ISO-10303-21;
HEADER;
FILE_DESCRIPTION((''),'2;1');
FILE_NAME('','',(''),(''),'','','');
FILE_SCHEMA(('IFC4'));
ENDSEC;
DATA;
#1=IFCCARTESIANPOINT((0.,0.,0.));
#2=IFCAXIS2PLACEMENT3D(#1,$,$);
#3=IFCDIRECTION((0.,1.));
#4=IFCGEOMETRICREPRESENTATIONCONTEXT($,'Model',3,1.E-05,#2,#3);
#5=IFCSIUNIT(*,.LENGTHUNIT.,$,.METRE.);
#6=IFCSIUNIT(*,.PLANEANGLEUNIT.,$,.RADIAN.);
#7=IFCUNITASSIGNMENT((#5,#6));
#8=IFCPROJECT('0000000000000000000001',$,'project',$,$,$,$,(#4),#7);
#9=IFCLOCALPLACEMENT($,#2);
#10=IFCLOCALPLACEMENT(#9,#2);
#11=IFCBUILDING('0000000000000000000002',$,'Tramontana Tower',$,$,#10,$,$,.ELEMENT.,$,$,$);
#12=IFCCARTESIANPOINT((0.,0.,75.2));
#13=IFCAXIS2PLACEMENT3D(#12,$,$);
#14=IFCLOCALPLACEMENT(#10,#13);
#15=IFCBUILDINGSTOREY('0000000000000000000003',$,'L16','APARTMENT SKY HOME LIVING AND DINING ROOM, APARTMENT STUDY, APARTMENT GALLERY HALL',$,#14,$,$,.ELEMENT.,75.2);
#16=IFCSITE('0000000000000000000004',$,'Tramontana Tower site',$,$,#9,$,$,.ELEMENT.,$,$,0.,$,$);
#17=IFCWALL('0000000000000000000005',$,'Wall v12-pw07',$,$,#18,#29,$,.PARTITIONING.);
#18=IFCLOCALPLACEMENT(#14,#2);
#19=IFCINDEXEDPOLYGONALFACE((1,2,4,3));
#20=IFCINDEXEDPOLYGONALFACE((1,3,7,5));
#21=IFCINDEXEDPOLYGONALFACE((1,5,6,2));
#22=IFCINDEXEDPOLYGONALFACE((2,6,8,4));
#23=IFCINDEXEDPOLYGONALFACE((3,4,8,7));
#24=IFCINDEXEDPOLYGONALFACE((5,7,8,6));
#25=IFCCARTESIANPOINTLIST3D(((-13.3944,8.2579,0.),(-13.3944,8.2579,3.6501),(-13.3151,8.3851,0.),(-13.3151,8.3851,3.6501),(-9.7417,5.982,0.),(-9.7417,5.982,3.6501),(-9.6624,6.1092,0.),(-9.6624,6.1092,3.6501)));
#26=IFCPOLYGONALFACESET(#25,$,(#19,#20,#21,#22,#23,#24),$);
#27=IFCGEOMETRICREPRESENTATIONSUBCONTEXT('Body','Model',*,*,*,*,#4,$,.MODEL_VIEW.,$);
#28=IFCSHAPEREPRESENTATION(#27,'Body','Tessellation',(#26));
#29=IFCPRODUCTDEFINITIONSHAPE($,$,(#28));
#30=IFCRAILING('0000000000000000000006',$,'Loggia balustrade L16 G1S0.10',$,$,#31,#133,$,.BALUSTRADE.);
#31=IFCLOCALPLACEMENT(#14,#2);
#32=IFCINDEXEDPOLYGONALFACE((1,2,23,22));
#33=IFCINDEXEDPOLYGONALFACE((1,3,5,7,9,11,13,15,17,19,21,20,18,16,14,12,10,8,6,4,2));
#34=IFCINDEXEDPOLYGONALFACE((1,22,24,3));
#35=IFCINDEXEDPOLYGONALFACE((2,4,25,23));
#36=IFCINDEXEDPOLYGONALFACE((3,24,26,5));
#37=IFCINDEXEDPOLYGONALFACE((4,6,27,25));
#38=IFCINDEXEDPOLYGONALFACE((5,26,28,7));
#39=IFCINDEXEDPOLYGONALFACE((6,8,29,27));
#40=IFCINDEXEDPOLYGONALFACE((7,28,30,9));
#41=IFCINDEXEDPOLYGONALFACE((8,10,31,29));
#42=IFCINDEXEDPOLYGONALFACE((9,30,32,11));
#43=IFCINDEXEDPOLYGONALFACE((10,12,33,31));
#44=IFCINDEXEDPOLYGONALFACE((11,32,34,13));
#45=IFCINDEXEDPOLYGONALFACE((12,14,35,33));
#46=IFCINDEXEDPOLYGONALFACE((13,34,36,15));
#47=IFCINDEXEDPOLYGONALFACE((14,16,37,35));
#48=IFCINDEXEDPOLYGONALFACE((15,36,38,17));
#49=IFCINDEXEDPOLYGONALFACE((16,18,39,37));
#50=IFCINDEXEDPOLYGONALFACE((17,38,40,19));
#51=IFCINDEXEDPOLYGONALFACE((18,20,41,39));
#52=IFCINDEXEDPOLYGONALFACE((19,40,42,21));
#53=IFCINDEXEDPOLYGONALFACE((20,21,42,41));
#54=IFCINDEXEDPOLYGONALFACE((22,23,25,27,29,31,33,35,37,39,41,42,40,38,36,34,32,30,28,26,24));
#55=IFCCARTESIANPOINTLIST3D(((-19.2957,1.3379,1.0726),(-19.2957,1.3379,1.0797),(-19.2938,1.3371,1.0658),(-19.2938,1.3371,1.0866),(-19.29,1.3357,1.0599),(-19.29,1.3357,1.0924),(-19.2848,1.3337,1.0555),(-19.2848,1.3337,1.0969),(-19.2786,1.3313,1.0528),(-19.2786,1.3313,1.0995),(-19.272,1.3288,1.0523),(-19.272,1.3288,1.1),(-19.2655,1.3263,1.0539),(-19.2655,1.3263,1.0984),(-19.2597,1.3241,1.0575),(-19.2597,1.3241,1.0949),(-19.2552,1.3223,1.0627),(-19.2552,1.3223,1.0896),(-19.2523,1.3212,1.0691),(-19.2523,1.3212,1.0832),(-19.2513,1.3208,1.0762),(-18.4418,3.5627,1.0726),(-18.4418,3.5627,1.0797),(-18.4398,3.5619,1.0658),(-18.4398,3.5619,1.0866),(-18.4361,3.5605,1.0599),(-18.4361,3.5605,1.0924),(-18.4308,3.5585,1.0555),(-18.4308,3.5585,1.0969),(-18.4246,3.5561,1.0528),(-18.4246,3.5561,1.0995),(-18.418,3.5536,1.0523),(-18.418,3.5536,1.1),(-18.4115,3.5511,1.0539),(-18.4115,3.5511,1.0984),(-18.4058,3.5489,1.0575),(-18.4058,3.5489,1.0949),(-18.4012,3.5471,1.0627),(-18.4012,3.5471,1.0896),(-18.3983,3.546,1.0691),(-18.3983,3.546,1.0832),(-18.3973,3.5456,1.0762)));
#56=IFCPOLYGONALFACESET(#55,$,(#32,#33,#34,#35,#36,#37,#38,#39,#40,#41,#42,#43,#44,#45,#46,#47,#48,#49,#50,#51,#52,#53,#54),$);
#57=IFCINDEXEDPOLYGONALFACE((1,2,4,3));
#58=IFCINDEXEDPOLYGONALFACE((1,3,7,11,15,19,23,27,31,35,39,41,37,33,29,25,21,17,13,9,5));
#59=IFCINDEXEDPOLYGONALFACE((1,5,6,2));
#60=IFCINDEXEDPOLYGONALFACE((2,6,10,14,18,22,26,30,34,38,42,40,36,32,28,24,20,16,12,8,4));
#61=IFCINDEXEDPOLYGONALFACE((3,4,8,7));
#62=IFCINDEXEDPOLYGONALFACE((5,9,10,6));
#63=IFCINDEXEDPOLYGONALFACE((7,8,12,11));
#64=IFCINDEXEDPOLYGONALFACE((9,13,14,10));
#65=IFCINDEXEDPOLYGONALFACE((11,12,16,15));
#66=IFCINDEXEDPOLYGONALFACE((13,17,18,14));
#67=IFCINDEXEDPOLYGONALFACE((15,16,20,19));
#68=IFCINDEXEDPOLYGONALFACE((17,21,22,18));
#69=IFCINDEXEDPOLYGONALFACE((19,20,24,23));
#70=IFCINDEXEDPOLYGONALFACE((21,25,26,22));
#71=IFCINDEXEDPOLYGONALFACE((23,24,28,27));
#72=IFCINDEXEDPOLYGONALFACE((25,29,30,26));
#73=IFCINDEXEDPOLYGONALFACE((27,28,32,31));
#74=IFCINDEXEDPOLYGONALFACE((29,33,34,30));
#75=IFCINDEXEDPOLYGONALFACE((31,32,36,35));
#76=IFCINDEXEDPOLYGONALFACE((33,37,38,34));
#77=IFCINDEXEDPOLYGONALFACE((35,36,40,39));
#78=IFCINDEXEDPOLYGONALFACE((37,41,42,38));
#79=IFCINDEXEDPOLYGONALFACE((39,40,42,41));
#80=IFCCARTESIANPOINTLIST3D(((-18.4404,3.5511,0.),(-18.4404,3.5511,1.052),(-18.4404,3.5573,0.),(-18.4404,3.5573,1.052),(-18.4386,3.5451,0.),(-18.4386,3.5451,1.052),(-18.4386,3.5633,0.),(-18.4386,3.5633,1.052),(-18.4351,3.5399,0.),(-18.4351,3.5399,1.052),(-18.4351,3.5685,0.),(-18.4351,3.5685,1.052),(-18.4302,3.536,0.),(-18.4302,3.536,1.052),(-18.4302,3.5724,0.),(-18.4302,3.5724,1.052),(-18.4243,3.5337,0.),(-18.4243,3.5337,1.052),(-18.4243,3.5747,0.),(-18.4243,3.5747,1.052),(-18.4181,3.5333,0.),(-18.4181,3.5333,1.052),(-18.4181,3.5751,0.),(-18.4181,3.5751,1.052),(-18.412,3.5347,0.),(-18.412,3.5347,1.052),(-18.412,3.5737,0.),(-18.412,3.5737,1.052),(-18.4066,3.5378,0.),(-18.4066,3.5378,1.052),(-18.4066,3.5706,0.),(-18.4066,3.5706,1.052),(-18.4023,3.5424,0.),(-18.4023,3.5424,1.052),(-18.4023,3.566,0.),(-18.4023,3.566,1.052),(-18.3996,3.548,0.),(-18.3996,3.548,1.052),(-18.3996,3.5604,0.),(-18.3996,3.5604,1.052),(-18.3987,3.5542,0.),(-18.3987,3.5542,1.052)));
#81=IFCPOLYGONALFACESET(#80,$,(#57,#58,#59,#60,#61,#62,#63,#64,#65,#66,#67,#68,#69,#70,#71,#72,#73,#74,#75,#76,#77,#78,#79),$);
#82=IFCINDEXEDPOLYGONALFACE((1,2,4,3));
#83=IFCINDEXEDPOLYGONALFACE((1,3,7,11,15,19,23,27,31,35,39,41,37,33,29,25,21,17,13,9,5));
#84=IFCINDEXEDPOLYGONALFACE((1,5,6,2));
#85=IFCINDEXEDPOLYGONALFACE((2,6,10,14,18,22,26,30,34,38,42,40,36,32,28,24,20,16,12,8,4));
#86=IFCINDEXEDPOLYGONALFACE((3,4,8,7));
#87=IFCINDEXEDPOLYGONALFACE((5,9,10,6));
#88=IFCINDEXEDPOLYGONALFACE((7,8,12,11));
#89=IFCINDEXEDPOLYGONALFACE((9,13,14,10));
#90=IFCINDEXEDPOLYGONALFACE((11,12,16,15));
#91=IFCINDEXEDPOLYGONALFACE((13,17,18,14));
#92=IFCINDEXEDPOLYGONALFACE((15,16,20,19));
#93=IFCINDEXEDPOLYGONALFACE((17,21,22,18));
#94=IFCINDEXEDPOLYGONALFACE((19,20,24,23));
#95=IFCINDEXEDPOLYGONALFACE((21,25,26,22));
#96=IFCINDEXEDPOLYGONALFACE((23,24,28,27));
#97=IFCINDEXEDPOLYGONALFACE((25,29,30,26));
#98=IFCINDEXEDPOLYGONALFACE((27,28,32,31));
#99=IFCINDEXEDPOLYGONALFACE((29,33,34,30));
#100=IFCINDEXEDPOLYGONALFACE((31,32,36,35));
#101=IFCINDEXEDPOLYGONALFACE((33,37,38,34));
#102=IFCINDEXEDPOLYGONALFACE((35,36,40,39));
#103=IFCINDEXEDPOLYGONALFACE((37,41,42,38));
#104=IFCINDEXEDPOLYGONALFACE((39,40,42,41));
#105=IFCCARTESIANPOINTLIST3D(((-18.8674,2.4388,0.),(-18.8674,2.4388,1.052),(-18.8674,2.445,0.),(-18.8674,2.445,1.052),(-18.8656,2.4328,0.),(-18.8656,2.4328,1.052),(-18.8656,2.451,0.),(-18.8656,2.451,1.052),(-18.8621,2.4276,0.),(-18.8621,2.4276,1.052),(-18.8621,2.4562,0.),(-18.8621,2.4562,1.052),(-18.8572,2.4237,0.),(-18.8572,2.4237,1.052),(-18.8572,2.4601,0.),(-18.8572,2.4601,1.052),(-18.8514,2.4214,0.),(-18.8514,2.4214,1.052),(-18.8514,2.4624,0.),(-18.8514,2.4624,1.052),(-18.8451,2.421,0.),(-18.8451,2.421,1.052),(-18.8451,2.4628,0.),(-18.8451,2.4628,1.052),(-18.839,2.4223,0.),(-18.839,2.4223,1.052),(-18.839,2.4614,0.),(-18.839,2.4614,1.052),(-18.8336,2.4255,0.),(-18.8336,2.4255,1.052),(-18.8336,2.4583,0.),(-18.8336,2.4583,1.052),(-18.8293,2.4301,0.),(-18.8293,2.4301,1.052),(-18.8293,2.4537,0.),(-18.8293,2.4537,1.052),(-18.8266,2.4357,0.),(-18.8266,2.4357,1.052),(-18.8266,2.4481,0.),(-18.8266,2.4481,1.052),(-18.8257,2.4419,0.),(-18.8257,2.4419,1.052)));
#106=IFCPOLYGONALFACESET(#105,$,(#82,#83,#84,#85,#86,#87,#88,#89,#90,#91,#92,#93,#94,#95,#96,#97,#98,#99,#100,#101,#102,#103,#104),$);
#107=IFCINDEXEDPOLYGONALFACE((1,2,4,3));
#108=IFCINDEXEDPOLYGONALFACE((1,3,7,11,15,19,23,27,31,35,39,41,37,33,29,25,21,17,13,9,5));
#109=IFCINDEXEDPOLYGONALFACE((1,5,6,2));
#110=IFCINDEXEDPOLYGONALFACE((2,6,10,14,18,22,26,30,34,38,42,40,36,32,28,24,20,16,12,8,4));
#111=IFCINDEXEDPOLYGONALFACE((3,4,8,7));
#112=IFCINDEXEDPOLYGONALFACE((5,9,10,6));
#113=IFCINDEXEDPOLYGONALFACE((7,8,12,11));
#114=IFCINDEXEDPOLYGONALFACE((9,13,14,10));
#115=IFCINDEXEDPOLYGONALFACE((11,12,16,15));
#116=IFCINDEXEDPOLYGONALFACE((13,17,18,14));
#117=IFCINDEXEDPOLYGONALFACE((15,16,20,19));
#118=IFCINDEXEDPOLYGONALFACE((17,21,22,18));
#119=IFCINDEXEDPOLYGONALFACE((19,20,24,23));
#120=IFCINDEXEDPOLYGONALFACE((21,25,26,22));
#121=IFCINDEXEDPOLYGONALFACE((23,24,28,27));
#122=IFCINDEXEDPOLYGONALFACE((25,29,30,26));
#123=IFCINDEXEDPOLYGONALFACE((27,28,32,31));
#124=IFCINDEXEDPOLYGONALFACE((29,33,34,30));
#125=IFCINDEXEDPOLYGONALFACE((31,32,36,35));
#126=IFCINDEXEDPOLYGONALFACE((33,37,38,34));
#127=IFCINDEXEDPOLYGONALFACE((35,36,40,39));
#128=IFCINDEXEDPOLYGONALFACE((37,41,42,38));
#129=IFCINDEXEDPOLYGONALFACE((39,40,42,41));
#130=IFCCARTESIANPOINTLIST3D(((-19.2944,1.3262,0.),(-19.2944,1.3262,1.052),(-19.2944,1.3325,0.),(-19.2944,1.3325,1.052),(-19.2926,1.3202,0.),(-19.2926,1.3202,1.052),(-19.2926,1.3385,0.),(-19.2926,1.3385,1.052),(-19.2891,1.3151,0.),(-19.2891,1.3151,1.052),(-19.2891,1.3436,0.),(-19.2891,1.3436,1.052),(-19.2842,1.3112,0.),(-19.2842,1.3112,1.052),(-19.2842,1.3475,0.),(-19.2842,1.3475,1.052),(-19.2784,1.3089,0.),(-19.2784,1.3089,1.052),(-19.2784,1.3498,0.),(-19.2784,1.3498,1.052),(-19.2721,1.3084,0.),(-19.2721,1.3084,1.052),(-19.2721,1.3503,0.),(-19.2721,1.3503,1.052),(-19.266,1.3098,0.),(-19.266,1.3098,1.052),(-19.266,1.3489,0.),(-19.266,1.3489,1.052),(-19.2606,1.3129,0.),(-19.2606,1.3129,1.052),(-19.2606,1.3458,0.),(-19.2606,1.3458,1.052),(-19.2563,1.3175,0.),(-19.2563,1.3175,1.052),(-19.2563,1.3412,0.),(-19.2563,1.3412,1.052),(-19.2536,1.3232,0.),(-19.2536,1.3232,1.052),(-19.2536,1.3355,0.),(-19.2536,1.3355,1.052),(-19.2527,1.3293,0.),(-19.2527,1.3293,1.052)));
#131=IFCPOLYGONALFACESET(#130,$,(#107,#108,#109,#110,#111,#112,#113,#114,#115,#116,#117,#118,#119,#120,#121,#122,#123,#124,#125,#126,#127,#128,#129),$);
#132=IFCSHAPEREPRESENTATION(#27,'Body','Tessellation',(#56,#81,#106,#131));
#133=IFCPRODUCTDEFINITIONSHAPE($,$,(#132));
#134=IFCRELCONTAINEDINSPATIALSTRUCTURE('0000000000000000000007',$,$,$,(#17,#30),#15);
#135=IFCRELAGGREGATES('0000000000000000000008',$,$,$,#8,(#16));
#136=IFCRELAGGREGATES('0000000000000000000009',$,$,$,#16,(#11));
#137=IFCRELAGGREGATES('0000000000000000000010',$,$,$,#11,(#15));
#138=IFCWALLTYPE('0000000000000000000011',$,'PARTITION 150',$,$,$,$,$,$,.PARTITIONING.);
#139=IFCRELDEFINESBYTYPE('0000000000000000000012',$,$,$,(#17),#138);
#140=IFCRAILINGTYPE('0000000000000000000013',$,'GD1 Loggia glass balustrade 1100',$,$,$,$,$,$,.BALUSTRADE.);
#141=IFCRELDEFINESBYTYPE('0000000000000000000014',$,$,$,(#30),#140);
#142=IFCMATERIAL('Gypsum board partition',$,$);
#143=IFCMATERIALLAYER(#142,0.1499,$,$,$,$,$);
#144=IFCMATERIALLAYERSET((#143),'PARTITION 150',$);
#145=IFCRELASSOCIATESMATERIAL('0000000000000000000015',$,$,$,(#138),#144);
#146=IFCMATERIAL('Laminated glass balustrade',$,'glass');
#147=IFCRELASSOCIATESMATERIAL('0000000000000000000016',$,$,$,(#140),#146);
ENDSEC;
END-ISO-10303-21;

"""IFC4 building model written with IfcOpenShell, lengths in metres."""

from ifc_helpers import new_model, si_unit, direction, frame, frame_2d, origin, origin_2d, place, context, subcontext, project, spatial, rectangle, circle, extrude, material, layer, layer_set, type_object, element, save


model = new_model("IFC4")

# Units and contexts
model_context = context("Model", 3, precision=1e-05, world=origin(), true_north=direction((0.0, 1.0)))
body_context = subcontext(model_context, "Body", "Model", "MODEL_VIEW")
ifc_project = project(units=[si_unit("LENGTHUNIT", "METRE"), si_unit("PLANEANGLEUNIT", "RADIAN")], contexts=[model_context])

# Site, building, storey
site_placement = place(None, origin())
site = spatial("IfcSite", under=ifc_project, at=site_placement, Name="Tramontana Tower site", CompositionType="ELEMENT", RefElevation=0.0)
building_placement = place(site_placement, origin())
building = spatial("IfcBuilding", under=site, at=building_placement, Name="Tramontana Tower", CompositionType="ELEMENT")
storey_placement = place(building_placement, frame((0.0, 0.0, 75.2)))
storey = spatial("IfcBuildingStorey", under=building, at=storey_placement, Name="L16", Description="APARTMENT SKY HOME LIVING AND DINING ROOM, APARTMENT STUDY, APARTMENT GALLERY HALL", CompositionType="ELEMENT", Elevation=75.2)

# Shared definitions
ifc_material_1 = material(Name="Gypsum board partition")
ifc_layer_1 = layer(ifc_material_1, 0.1499)
ifc_layer_set_1 = layer_set([ifc_layer_1], Name="PARTITION 150")
wall_type_1 = type_object("IfcWallType", Name="PARTITION 150", PredefinedType="PARTITIONING", material=ifc_layer_set_1)

# Wall
wall_1_placement = place(storey_placement, frame((-13.3547, 8.3215, 0.0), z_axis=(0.0, 0.0, 1.0), x_axis=(0.848727, -0.528831, 0.0)))
element("IfcWall", 1, at=wall_1_placement, inside=storey, type_object=wall_type_1, Name="Wall v12-pw07", PredefinedType="PARTITIONING", context=body_context, shape_type="SweptSolid", body=[
    extrude(rectangle(XDim=4.3037, YDim=0.1499, at=frame_2d((2.1519, 0.0))), origin(), (0.0, 0.0, 1.0), 3.6501),
])

# Railing
ifc_material_2 = material(Name="Laminated glass balustrade", Category="glass")
railing_type = type_object("IfcRailingType", Name="GD1 Loggia glass balustrade 1100", PredefinedType="BALUSTRADE", material=ifc_material_2)
railing_placement = place(storey_placement, frame((-18.4197, 3.5542, 0.0)))
element("IfcRailing", 2, at=railing_placement, inside=storey, type_object=railing_type, Name="Loggia balustrade L16 G1S0.10", PredefinedType="BALUSTRADE", context=body_context, shape_type="SweptSolid", body=[
    extrude(circle(Radius=0.0239, at=origin_2d()), frame((0.0, 0.0, 1.0762), z_axis=(-0.358354, -0.933586, 0.0), x_axis=(0.933586, -0.358354, 0.0)), (0.0, 0.0, 1.0), 2.3831),
    extrude(circle(Radius=0.021, at=origin_2d()), origin(), (0.0, 0.0, 1.0), 1.052),
    extrude(circle(Radius=0.021, at=origin_2d()), frame((-0.427, -1.1123, 0.0)), (0.0, 0.0, 1.0), 1.052),
    extrude(circle(Radius=0.021, at=origin_2d()), frame((-0.854, -2.2249, 0.0)), (0.0, 0.0, 1.0), 1.052),
])

save(model, "model.ifc")
